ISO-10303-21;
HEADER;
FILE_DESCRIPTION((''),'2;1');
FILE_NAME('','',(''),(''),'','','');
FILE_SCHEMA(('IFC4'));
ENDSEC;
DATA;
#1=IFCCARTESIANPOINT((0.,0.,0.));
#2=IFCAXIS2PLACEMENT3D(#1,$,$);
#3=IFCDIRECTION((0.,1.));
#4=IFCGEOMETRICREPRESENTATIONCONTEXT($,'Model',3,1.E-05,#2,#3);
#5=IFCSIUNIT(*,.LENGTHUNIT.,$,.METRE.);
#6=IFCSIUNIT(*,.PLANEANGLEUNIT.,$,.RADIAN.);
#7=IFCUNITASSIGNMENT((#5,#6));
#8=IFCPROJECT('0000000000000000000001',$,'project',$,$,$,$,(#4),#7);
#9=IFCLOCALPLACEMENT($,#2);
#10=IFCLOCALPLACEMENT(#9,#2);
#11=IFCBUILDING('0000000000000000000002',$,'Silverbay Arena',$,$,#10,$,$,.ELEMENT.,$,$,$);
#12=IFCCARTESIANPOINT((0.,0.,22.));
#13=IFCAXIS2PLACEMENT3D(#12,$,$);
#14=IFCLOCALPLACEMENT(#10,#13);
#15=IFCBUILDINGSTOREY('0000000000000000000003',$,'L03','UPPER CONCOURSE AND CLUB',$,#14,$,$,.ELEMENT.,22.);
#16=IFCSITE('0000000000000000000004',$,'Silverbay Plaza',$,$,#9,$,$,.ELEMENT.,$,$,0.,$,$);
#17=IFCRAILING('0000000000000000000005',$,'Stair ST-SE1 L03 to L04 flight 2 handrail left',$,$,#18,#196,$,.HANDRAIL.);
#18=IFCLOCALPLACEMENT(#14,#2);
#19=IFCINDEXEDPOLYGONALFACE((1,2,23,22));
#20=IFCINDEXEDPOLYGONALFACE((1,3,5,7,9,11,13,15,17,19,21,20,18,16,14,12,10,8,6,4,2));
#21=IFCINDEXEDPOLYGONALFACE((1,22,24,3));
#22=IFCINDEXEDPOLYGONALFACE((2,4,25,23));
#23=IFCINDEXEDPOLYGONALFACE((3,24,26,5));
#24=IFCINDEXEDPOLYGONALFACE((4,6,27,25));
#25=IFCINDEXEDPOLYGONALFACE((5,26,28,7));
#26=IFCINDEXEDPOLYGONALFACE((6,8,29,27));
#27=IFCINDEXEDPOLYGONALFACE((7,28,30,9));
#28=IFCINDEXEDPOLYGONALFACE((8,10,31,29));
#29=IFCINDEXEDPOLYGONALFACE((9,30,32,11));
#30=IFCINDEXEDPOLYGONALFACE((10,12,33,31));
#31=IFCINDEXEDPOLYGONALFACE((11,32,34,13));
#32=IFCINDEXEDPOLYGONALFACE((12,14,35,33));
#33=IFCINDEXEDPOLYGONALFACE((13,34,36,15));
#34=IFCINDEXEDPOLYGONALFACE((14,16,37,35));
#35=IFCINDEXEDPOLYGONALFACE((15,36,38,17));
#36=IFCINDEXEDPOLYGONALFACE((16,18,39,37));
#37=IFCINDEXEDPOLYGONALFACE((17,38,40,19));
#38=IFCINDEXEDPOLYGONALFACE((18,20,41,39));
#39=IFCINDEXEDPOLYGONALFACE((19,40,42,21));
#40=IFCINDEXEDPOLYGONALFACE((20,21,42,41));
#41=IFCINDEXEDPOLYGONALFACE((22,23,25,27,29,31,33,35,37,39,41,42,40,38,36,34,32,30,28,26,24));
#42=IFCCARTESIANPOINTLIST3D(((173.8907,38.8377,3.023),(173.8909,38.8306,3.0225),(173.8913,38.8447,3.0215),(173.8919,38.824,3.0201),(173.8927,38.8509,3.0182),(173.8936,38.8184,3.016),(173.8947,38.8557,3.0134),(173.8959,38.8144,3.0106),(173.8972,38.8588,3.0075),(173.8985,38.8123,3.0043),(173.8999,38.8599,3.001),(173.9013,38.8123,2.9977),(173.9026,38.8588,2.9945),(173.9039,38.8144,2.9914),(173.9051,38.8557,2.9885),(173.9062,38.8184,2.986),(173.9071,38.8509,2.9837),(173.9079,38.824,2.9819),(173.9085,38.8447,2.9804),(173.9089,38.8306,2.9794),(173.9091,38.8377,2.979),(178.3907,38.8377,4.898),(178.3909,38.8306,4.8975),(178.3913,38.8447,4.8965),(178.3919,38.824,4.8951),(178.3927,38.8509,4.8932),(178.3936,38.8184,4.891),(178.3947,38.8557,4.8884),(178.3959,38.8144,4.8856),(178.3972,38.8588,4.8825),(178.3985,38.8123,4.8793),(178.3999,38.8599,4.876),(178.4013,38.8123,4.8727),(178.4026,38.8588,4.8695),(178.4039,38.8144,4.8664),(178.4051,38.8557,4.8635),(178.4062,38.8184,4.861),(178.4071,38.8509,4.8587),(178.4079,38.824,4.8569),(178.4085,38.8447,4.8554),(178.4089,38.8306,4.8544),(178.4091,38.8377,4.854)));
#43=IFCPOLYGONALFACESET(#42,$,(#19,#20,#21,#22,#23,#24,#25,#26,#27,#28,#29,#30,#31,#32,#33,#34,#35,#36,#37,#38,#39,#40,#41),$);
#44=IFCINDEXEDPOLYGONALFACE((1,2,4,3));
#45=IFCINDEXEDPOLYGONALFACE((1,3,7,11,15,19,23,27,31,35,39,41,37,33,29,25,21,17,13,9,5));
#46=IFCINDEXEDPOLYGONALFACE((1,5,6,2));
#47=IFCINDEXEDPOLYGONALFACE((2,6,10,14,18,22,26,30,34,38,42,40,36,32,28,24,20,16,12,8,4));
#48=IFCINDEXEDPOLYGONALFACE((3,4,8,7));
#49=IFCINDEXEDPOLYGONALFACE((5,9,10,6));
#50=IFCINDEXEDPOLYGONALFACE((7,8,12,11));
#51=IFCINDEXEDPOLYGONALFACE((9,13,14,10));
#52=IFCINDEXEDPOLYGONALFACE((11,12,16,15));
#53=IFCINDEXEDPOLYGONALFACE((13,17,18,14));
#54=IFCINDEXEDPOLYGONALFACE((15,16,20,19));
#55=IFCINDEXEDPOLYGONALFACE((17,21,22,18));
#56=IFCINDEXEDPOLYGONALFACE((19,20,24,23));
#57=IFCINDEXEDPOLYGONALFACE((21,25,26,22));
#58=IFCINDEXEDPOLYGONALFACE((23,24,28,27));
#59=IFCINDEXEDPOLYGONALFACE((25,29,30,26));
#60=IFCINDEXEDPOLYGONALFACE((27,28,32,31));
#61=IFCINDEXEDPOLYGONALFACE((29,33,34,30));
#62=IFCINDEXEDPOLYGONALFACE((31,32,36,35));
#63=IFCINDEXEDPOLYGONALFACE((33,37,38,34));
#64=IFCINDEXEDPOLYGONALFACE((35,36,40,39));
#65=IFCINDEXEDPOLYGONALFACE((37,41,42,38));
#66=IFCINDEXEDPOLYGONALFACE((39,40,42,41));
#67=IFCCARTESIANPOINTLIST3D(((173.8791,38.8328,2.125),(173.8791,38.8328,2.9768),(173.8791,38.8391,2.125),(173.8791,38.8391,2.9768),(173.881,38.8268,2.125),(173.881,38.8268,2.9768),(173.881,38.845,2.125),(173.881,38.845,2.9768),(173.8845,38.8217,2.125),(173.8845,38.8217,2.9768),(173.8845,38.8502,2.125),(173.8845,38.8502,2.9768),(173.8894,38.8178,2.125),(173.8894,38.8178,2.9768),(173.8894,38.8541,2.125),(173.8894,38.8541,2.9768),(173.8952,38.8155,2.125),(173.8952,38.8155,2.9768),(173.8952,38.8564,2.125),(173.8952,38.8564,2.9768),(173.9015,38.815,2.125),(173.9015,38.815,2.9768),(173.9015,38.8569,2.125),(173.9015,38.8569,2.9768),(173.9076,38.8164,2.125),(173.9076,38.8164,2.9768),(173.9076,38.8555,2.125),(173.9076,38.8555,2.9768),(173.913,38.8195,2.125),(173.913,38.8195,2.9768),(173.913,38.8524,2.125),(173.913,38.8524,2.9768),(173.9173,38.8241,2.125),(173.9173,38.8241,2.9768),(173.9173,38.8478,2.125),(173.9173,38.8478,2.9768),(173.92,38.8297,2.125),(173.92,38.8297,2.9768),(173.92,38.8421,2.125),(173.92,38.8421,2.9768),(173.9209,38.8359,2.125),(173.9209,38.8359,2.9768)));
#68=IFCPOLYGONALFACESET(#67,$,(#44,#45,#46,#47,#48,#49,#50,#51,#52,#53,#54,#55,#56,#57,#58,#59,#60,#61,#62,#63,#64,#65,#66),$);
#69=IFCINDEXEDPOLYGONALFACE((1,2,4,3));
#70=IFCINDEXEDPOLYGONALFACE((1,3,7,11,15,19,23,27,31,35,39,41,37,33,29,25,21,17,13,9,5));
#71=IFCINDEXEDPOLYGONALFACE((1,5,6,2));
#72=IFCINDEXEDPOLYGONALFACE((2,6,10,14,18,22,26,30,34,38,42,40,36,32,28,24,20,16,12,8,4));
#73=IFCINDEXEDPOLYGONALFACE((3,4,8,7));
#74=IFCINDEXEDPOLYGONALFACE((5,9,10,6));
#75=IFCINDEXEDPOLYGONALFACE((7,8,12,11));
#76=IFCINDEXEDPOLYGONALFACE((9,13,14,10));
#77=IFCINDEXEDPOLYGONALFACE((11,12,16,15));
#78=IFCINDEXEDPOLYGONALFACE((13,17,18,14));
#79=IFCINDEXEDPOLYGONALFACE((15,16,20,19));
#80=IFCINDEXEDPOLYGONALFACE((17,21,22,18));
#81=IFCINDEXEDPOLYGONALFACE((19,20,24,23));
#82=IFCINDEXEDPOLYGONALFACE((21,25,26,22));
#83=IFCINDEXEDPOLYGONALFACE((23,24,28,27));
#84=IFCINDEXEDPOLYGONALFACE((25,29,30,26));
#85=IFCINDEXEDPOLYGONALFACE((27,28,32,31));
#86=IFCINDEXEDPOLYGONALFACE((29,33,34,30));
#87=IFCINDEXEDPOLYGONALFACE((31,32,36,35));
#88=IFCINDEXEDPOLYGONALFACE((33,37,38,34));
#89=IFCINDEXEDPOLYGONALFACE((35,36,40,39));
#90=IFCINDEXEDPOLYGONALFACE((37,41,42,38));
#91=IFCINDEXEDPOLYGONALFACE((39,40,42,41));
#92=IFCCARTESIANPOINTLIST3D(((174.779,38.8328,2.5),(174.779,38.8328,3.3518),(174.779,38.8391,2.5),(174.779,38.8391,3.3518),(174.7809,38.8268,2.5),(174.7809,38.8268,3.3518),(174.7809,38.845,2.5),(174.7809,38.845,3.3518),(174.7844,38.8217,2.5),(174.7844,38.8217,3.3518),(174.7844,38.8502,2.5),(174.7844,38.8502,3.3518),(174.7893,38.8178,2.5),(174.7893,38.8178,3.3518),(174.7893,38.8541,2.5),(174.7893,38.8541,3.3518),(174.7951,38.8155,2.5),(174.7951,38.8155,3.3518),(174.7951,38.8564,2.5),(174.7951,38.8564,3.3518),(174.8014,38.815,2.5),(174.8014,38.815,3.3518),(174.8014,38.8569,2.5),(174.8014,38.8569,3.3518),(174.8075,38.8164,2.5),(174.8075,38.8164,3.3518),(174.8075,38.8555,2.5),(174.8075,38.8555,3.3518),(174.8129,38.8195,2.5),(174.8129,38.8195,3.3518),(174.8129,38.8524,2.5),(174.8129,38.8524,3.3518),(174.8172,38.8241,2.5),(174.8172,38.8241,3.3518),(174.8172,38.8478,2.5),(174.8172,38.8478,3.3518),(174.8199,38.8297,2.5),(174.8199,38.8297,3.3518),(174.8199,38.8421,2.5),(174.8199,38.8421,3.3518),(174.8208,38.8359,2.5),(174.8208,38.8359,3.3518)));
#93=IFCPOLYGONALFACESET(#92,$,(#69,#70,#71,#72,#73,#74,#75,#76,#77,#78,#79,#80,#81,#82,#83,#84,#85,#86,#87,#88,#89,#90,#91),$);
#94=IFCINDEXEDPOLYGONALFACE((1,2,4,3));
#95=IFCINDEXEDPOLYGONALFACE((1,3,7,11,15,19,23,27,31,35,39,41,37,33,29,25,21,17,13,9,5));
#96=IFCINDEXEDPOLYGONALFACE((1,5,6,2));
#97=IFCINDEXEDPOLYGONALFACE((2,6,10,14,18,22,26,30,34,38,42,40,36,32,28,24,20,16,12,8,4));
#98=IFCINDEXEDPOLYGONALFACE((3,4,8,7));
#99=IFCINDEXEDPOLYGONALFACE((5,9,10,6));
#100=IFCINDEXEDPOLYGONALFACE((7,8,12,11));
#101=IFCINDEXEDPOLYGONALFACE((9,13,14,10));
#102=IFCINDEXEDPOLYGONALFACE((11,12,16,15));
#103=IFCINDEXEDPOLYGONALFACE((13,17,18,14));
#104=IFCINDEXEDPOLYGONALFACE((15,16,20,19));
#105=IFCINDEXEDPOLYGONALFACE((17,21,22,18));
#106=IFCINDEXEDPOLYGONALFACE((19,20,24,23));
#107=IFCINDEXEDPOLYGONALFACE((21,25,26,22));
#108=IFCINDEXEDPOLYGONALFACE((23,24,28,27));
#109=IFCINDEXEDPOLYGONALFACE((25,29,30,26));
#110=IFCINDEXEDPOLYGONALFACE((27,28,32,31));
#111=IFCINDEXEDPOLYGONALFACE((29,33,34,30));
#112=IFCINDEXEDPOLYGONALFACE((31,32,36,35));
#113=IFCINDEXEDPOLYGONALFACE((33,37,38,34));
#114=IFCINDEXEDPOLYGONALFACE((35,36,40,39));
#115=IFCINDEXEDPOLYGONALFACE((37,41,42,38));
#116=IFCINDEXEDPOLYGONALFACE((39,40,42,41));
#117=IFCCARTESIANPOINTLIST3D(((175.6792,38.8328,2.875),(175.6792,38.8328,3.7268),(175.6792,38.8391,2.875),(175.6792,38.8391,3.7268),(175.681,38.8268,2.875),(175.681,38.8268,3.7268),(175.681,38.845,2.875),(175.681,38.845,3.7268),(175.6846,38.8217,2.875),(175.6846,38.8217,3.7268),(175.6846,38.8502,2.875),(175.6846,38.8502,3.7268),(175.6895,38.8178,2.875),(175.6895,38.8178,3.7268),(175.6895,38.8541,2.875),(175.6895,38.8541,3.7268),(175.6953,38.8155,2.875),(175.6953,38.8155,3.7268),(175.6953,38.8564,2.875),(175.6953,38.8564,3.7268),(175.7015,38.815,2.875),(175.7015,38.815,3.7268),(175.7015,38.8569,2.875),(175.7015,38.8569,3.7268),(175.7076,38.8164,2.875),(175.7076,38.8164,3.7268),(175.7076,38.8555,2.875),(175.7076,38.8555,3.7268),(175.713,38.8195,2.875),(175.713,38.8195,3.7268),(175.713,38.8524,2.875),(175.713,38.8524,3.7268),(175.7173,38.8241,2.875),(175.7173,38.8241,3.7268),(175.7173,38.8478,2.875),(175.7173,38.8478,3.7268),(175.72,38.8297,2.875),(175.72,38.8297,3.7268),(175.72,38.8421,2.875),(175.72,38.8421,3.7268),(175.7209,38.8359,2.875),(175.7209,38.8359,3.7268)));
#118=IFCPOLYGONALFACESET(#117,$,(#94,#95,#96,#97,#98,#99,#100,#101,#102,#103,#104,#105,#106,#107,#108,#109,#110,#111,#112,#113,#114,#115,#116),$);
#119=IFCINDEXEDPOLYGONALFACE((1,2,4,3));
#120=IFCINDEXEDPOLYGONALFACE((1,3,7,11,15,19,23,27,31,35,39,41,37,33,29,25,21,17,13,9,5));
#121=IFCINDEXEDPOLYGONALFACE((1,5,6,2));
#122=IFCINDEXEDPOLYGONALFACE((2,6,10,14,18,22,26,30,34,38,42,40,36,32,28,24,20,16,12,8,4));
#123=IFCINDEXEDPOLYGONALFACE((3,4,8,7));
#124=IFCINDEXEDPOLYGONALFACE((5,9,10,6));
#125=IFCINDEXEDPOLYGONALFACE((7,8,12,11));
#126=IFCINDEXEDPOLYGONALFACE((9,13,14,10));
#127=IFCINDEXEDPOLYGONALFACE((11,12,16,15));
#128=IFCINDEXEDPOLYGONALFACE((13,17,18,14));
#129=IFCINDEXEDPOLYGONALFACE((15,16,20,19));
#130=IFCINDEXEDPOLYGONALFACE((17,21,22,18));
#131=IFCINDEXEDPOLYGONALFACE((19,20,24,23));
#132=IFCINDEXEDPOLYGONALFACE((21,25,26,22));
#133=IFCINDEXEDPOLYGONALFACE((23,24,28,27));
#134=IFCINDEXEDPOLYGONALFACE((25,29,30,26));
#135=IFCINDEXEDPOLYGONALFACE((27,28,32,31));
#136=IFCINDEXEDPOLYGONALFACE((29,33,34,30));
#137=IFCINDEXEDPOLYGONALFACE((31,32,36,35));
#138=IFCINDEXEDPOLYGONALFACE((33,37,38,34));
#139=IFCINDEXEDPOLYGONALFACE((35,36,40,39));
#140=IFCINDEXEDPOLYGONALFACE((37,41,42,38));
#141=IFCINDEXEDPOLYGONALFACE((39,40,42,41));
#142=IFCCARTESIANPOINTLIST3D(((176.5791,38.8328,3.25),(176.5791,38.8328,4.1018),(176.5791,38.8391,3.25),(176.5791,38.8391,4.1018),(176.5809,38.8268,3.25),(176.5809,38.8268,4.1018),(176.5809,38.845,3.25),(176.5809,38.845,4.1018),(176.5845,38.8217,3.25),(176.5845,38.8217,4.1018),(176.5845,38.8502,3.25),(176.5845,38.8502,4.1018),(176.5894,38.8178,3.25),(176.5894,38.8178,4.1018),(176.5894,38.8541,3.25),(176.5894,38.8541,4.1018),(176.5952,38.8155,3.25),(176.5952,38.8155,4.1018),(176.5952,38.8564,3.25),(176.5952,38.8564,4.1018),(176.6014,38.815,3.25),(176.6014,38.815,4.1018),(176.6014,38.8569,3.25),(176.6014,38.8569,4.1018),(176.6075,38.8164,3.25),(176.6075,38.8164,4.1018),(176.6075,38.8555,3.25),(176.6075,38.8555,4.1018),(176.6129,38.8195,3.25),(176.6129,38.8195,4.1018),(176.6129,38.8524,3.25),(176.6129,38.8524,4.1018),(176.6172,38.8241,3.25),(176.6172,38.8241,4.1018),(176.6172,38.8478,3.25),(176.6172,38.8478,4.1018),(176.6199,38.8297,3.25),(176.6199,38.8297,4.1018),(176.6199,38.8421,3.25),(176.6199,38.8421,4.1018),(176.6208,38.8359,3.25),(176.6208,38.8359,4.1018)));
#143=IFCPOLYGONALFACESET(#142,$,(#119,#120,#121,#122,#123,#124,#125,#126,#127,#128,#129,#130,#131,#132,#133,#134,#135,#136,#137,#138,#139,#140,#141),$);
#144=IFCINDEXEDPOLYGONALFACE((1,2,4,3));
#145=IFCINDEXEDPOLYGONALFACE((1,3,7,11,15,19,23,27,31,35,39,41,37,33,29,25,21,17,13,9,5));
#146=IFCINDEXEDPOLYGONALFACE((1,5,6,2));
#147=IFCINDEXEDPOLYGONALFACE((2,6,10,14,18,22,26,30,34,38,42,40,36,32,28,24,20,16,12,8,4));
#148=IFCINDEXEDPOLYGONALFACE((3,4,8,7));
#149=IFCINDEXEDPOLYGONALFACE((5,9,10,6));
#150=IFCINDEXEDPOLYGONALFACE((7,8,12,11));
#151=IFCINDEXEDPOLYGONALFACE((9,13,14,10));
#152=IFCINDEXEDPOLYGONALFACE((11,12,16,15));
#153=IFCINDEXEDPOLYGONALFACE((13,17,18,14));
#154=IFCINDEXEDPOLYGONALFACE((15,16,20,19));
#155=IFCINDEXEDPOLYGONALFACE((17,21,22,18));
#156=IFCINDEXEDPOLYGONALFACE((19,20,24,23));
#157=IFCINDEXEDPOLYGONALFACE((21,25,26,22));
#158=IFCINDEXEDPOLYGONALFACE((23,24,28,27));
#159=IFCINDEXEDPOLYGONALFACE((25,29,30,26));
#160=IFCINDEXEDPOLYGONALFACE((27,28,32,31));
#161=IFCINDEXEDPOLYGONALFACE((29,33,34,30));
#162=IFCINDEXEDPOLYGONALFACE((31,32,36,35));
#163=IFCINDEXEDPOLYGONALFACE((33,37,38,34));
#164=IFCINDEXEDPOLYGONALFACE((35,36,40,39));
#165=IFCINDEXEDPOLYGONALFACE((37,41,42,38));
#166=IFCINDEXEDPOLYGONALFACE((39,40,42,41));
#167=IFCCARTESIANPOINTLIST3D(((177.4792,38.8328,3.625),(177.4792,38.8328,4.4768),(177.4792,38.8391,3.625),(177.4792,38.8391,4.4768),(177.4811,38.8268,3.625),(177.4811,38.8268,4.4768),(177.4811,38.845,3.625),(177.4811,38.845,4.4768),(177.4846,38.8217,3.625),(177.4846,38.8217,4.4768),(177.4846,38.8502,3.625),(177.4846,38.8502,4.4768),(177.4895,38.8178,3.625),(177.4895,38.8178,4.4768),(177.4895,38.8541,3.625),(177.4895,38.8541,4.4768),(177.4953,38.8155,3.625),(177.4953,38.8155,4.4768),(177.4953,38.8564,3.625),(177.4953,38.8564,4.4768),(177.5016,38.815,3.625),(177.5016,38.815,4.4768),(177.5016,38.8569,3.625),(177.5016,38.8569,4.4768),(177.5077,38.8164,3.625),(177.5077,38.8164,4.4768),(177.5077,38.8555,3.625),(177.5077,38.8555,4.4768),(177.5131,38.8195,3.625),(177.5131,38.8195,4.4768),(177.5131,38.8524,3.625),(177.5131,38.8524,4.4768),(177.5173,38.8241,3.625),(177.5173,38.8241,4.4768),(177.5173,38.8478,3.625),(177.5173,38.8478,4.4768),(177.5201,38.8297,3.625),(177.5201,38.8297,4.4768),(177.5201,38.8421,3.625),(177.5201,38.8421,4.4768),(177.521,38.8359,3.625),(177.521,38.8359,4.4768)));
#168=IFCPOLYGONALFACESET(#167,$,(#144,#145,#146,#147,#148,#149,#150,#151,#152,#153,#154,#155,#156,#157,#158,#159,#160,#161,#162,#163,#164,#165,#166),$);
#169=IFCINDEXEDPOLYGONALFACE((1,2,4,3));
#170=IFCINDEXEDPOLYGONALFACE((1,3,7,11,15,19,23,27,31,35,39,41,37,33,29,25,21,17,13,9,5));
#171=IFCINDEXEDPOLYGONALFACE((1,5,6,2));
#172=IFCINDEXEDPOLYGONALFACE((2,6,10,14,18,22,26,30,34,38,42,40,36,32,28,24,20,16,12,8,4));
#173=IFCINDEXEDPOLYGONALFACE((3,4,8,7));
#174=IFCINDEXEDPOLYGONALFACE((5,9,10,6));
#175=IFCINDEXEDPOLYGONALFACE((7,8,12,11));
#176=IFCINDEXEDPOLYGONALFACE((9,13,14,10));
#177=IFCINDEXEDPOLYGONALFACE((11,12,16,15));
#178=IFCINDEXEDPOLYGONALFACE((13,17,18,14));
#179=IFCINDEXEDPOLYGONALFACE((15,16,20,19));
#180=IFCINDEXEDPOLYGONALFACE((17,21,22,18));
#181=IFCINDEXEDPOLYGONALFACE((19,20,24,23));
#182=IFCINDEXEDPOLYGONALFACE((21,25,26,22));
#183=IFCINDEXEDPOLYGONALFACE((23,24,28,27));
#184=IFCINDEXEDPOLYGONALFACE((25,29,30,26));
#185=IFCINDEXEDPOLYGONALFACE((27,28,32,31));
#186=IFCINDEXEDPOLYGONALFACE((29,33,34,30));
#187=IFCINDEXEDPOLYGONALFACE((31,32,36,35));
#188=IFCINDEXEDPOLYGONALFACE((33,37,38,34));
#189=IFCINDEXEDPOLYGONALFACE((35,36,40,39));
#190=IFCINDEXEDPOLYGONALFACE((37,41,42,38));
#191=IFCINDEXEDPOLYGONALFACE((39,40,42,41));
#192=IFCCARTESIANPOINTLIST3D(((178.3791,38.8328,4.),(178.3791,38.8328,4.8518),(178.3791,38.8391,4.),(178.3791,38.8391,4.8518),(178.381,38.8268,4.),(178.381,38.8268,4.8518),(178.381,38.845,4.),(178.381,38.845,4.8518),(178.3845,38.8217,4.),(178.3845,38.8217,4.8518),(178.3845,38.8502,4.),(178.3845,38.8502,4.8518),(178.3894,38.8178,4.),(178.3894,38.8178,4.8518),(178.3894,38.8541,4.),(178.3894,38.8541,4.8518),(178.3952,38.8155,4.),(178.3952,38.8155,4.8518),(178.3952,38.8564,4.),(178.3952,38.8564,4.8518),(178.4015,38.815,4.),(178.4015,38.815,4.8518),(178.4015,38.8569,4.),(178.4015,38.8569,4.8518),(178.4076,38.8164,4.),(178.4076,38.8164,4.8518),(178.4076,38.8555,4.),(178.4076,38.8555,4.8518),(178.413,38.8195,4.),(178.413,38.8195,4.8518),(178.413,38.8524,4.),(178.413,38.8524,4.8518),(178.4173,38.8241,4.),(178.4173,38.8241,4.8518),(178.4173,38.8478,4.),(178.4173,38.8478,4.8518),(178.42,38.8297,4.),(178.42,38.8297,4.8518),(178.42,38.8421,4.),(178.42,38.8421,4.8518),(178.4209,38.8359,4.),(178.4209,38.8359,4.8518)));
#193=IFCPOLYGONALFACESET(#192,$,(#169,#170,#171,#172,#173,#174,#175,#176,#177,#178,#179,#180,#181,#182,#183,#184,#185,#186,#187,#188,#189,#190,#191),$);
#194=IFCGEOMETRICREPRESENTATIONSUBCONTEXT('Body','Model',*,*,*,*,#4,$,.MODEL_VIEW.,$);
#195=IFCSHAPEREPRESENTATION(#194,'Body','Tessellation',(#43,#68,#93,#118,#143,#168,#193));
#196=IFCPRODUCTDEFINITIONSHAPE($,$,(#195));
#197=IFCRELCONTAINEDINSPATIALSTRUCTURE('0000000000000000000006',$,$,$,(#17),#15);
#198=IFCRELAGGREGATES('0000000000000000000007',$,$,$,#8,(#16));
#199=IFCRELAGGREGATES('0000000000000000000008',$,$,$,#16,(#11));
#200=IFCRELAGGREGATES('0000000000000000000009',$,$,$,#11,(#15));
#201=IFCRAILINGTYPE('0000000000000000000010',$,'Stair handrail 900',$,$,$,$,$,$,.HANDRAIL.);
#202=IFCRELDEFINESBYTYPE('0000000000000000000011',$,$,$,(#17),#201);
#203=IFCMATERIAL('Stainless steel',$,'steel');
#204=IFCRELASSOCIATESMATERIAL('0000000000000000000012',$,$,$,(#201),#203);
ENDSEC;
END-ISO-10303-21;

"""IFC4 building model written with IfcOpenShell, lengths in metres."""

from ifc_helpers import new_model, si_unit, direction, frame, origin, origin_2d, place, context, subcontext, project, spatial, circle, extrude, material, type_object, element, save


model = new_model("IFC4")

# Units and contexts
model_context = context("Model", 3, precision=1e-05, world=origin(), true_north=direction((0.0, 1.0)))
body_context = subcontext(model_context, "Body", "Model", "MODEL_VIEW")
ifc_project = project(units=[si_unit("LENGTHUNIT", "METRE"), si_unit("PLANEANGLEUNIT", "RADIAN")], contexts=[model_context])

# Site, building, storey
site_placement = place(None, origin())
site = spatial("IfcSite", under=ifc_project, at=site_placement, Name="Silverbay Plaza", CompositionType="ELEMENT", RefElevation=0.0)
building_placement = place(site_placement, origin())
building = spatial("IfcBuilding", under=site, at=building_placement, Name="Silverbay Arena", CompositionType="ELEMENT")
storey_placement = place(building_placement, frame((0.0, 0.0, 22.0)))
storey = spatial("IfcBuildingStorey", under=building, at=storey_placement, Name="L03", Description="UPPER CONCOURSE AND CLUB", CompositionType="ELEMENT", Elevation=22.0)

# Railing
ifc_material_1 = material(Name="Stainless steel", Category="steel")
railing_type_1 = type_object("IfcRailingType", Name="Stair handrail 900", PredefinedType="HANDRAIL", material=ifc_material_1)
railing_1_placement = place(storey_placement, frame((173.8999, 38.8359, 2.125)))
element("IfcRailing", 1, at=railing_1_placement, inside=storey, type_object=railing_type_1, Name="Stair ST-SE1 L03 to L04 flight 2 handrail left", PredefinedType="HANDRAIL", context=body_context, shape_type="SweptSolid", body=[
    extrude(circle(Radius=0.0239, at=origin_2d()), frame((0.0, 0.0, 0.876), z_axis=(0.923077, 0.0, 0.384615), x_axis=(0.0, 1.0, 0.0)), (0.0, 0.0, 1.0), 4.875),
    extrude(circle(Radius=0.021, at=origin_2d()), origin(), (0.0, 0.0, 1.0), 0.8518),
    extrude(circle(Radius=0.021, at=origin_2d()), frame((0.8999, 0.0, 0.375)), (0.0, 0.0, 1.0), 0.8518),
    extrude(circle(Radius=0.021, at=origin_2d()), frame((1.8, 0.0, 0.75)), (0.0, 0.0, 1.0), 0.8518),
    extrude(circle(Radius=0.021, at=origin_2d()), frame((2.7, 0.0, 1.125)), (0.0, 0.0, 1.0), 0.8518),
    extrude(circle(Radius=0.021, at=origin_2d()), frame((3.6001, 0.0, 1.5)), (0.0, 0.0, 1.0), 0.8518),
    extrude(circle(Radius=0.021, at=origin_2d()), frame((4.5, 0.0, 1.875)), (0.0, 0.0, 1.0), 0.8518),
])

save(model, "model.ifc")
